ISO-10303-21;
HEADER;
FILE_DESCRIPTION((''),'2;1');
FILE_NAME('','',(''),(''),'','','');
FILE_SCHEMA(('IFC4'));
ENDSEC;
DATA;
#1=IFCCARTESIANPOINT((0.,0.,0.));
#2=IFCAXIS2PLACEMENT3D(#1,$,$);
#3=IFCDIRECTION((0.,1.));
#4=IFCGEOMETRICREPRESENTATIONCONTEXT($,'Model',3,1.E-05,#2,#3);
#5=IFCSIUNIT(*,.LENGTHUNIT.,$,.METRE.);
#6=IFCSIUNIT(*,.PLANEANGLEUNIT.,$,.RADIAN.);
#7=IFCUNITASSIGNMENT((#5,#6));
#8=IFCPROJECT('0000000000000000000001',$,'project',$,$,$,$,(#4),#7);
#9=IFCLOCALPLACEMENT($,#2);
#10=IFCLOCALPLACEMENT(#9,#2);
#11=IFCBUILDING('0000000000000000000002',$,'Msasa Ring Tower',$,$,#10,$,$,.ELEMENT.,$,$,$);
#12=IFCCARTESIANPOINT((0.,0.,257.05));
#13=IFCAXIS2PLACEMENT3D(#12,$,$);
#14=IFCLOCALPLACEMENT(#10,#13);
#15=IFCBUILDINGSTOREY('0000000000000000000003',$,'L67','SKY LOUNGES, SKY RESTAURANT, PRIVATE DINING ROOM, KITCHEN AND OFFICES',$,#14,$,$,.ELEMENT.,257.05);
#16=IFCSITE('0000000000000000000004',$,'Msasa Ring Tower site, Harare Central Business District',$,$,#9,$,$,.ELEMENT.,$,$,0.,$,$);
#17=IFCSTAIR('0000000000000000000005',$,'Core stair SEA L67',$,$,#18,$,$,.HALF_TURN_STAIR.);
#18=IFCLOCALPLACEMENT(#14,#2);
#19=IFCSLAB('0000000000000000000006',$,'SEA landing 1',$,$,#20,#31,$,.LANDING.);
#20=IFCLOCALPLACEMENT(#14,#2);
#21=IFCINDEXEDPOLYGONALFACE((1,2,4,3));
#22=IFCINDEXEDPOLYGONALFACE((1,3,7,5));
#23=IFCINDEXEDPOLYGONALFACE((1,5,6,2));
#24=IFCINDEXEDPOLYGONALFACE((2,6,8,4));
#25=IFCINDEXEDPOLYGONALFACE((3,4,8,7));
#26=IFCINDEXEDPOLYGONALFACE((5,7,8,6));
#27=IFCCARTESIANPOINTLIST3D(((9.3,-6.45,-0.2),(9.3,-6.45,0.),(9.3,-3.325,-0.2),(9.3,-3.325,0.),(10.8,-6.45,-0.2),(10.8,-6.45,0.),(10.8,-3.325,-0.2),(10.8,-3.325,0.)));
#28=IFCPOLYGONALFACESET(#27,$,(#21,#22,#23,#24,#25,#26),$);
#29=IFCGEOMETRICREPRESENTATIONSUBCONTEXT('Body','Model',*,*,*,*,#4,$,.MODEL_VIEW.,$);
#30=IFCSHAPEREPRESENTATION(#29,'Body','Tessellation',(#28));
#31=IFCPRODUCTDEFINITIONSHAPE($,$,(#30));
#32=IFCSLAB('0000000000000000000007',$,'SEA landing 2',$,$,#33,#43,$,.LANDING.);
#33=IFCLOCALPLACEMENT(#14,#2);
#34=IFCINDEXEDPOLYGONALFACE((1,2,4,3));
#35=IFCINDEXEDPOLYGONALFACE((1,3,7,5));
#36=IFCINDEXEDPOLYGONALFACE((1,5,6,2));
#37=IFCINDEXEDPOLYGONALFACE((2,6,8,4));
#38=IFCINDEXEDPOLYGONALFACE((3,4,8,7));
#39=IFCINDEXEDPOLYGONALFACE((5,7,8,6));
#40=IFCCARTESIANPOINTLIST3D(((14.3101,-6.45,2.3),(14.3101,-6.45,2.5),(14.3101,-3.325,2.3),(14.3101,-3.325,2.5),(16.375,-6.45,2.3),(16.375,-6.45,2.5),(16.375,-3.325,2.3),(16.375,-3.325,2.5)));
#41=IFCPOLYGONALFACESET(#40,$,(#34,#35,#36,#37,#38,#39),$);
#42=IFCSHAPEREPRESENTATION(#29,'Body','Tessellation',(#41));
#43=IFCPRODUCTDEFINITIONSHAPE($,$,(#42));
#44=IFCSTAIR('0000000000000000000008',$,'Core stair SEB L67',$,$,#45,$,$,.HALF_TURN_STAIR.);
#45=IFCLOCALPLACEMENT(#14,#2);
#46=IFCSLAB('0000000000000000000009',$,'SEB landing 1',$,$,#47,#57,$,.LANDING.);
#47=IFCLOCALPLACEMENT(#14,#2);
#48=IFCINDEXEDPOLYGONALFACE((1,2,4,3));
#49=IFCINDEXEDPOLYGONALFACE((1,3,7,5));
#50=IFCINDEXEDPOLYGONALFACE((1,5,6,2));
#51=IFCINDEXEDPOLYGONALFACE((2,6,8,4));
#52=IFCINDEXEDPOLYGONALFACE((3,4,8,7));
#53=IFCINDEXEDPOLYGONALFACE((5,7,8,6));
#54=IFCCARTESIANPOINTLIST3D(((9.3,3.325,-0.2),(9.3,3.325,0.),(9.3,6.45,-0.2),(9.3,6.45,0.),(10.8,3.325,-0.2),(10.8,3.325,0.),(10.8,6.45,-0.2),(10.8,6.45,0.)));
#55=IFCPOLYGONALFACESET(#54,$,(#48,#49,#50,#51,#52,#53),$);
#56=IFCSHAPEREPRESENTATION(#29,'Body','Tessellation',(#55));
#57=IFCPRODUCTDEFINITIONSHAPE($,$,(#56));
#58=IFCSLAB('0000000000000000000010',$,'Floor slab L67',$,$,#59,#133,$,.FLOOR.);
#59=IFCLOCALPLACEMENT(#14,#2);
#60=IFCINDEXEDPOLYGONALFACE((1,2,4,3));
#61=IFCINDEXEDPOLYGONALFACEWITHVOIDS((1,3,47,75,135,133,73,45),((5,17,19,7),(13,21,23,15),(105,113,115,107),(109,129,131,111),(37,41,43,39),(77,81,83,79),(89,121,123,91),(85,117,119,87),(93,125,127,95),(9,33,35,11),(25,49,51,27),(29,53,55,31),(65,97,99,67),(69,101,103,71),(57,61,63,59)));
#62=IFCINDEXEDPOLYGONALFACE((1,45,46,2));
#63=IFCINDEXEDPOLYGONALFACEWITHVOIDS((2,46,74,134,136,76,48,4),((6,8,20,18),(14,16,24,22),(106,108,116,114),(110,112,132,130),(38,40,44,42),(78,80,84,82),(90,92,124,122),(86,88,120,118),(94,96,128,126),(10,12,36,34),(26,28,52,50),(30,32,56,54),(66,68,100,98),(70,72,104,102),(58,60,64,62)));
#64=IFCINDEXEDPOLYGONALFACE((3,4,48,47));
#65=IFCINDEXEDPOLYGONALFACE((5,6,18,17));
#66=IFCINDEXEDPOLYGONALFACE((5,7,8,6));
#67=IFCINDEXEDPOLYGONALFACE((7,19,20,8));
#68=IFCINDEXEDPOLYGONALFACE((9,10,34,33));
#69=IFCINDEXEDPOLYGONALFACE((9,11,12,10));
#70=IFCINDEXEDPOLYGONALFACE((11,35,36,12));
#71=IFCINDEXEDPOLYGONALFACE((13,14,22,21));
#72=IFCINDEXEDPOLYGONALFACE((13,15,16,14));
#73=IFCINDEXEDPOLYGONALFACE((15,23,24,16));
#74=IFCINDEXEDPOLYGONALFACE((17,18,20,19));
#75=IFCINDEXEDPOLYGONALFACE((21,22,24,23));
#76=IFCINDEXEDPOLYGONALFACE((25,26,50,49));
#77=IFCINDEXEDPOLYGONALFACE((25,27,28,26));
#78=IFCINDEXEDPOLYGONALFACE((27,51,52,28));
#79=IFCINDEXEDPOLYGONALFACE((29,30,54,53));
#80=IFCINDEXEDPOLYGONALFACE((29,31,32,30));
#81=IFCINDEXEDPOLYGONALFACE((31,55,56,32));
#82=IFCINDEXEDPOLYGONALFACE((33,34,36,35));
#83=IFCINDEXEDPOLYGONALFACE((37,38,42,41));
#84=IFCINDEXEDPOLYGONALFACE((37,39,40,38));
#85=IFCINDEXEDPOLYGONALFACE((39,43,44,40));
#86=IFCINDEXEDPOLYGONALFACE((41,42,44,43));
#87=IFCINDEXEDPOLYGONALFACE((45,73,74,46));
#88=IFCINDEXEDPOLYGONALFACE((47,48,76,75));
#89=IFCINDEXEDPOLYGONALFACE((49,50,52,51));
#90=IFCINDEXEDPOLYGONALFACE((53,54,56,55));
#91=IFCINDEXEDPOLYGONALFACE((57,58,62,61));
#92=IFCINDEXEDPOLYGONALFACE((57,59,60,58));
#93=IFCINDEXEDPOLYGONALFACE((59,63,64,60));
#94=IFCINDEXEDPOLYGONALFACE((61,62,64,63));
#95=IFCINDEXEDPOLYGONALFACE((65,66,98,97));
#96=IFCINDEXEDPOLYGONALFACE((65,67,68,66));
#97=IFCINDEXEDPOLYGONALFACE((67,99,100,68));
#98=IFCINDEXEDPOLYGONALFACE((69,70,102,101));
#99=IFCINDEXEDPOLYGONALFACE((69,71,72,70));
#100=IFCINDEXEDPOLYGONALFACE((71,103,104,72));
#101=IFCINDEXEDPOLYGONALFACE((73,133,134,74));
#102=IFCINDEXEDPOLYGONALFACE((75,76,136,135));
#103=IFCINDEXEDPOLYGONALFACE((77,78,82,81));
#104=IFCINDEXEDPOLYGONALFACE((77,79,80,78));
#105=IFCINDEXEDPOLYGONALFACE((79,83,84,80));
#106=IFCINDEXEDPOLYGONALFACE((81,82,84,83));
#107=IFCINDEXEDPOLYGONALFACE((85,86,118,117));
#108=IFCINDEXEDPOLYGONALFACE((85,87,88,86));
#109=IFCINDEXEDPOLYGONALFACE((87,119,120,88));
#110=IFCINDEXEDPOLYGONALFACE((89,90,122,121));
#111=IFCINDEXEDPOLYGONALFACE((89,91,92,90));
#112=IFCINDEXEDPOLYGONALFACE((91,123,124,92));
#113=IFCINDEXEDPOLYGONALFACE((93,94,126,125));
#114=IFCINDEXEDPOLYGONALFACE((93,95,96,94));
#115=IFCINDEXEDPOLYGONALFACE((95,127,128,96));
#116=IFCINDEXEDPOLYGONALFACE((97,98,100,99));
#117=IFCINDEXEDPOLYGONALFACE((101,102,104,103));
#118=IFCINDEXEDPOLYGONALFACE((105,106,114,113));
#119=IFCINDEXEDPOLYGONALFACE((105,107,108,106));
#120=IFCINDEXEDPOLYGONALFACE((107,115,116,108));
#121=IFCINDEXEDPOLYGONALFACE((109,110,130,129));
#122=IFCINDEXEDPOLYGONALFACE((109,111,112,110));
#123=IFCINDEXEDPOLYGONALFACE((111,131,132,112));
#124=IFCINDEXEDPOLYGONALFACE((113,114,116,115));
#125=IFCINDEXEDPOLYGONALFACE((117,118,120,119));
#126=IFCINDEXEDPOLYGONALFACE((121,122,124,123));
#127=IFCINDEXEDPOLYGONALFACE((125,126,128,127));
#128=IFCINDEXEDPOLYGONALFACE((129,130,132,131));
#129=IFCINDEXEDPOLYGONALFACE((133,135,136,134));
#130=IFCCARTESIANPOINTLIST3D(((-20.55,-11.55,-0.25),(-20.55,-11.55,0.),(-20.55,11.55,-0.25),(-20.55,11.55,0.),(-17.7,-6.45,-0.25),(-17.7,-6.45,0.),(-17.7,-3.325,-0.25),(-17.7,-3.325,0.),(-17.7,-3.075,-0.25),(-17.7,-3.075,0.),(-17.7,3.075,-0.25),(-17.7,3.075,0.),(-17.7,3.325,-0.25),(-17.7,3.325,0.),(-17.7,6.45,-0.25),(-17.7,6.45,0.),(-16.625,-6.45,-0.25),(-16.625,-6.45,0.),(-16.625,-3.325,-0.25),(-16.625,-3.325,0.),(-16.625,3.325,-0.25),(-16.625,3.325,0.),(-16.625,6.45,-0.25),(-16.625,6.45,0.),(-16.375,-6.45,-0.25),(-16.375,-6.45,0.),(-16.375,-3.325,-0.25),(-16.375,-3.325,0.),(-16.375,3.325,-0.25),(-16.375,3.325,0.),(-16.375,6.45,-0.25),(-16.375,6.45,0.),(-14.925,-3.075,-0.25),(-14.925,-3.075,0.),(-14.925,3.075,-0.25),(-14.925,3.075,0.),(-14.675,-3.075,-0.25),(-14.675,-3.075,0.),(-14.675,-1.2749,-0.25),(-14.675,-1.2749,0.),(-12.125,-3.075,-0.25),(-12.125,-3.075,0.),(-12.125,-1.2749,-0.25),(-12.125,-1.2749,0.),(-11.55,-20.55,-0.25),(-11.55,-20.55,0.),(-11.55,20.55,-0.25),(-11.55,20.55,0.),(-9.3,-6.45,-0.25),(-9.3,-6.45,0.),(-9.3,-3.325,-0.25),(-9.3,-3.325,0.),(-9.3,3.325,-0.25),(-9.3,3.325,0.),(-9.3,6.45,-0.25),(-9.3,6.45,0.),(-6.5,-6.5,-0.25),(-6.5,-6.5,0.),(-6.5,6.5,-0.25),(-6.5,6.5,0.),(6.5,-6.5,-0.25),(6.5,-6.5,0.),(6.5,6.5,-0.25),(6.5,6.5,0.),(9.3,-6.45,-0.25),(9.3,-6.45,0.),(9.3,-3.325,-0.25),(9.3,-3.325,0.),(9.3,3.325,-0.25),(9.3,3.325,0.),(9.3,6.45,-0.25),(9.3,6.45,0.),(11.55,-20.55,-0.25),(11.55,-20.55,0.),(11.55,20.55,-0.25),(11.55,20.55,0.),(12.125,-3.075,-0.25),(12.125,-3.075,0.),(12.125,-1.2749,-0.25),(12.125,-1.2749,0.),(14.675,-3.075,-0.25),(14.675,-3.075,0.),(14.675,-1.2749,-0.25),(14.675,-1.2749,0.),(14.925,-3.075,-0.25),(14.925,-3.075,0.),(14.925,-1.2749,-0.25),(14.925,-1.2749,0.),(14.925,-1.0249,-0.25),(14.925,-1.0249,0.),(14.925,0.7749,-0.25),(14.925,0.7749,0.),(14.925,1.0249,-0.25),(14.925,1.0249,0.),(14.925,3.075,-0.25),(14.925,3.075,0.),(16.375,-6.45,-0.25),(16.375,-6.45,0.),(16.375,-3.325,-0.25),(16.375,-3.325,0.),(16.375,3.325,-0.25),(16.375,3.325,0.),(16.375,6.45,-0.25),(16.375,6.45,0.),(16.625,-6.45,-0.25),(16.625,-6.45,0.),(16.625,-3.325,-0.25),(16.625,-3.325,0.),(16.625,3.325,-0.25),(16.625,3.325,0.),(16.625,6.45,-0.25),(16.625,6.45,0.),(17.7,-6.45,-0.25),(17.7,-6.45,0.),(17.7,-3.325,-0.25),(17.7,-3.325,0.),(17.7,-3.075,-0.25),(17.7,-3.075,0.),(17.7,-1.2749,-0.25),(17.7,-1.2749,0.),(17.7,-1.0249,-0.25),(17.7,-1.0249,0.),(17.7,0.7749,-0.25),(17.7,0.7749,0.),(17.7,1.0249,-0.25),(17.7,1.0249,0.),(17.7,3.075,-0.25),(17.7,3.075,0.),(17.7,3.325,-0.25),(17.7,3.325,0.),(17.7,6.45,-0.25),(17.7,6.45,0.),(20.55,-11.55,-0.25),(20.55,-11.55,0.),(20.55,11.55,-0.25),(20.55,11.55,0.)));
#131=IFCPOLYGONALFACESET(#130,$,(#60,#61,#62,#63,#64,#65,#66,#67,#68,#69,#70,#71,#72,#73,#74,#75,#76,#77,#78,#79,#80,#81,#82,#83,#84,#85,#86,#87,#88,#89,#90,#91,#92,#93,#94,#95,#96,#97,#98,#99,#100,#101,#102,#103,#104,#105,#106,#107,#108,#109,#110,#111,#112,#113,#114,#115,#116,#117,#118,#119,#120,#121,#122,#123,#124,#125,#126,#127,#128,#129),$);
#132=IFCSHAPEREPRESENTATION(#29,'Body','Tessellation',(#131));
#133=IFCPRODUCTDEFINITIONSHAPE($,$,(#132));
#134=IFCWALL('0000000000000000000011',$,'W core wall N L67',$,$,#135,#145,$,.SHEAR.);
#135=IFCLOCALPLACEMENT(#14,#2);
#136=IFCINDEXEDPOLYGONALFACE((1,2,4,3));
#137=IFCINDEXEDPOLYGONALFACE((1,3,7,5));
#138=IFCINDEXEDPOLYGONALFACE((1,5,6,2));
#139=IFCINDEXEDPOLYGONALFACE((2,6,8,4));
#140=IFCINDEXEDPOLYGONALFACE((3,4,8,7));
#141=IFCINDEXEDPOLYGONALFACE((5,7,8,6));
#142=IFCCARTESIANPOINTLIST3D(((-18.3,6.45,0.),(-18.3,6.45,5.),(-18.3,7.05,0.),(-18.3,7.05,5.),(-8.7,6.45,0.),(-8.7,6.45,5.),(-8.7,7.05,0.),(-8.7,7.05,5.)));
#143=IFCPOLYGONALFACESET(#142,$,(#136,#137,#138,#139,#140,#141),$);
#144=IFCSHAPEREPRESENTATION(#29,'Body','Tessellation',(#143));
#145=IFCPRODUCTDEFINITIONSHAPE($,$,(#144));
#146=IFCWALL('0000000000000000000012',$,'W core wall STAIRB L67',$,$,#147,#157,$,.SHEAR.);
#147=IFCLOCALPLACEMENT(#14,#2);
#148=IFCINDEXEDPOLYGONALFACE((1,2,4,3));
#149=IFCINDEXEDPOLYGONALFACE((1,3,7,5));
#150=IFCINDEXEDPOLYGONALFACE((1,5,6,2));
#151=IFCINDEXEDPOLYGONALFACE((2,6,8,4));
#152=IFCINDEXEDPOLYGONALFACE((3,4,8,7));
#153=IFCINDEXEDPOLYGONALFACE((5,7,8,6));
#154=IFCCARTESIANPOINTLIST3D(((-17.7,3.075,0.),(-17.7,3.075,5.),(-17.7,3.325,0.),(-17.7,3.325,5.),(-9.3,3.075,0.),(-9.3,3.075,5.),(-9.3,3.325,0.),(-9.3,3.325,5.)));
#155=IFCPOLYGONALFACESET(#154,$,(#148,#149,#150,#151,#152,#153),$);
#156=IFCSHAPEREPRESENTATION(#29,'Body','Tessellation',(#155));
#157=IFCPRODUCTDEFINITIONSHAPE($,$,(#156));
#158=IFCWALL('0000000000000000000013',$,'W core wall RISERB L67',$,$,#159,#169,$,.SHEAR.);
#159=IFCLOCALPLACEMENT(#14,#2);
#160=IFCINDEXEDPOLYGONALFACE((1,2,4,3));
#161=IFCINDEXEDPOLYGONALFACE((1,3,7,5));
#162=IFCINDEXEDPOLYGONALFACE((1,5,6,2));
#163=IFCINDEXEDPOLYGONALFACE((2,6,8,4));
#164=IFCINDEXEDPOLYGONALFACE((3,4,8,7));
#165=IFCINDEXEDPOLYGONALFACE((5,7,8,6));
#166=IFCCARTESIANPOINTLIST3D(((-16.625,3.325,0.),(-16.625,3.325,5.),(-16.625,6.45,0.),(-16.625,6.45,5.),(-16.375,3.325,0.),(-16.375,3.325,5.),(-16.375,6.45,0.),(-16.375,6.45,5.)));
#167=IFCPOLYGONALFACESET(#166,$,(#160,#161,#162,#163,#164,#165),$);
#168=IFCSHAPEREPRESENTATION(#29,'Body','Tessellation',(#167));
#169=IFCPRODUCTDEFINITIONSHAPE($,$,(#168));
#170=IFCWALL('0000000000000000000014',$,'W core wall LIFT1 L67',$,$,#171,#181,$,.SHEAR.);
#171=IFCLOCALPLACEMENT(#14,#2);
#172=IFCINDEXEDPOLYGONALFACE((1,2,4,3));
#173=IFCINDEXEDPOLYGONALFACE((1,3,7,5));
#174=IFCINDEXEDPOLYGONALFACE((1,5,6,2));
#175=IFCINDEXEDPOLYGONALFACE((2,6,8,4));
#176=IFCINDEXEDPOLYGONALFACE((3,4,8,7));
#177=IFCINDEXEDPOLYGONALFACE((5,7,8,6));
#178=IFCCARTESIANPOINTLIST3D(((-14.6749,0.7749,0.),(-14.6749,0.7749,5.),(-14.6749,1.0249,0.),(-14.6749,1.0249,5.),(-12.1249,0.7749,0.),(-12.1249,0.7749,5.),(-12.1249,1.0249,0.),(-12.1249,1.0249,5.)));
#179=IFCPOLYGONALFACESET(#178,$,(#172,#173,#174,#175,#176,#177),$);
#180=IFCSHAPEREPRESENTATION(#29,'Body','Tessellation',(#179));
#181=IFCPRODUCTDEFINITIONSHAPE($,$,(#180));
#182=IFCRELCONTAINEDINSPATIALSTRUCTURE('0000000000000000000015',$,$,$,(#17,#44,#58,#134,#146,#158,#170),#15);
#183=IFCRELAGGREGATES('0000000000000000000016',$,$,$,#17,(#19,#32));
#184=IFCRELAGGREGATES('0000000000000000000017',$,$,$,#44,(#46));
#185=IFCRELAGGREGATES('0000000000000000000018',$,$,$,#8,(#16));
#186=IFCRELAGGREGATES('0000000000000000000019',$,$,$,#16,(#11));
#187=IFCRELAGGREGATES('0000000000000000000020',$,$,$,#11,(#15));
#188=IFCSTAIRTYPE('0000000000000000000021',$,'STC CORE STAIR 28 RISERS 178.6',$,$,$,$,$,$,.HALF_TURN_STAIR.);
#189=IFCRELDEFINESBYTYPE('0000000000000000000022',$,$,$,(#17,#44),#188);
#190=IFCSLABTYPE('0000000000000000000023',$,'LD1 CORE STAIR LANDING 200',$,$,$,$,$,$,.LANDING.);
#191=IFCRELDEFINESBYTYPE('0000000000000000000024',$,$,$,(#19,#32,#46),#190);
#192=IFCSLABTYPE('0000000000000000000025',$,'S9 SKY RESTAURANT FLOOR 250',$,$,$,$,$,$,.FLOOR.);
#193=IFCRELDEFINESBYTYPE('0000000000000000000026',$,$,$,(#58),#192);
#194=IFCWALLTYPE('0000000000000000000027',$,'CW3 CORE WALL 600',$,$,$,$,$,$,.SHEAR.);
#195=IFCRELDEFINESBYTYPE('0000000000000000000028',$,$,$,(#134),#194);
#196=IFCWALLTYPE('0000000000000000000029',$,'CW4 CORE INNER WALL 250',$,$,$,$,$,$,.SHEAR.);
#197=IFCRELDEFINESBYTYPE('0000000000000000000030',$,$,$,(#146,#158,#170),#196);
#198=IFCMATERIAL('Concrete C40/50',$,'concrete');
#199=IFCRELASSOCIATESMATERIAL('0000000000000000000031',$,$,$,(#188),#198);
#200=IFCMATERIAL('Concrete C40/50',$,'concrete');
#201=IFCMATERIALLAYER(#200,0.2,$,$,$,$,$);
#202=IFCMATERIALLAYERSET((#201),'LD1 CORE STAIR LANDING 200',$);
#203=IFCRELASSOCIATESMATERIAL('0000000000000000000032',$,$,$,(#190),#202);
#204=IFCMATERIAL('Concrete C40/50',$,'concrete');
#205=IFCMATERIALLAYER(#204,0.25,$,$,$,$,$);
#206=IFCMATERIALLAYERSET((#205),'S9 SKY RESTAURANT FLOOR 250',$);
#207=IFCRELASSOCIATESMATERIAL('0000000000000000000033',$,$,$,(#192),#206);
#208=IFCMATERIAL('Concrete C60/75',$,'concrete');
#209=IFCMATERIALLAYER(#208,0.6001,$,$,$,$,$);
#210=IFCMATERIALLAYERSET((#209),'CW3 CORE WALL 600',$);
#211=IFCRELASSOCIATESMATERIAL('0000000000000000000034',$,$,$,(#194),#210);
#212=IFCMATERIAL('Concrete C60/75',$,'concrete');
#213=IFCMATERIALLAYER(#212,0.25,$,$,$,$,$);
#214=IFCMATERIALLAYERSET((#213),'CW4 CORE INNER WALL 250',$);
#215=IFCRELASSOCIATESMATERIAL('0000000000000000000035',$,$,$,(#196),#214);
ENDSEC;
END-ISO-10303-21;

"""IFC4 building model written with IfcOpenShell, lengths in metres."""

from ifc_helpers import new_model, si_unit, direction, frame, frame_2d, origin, place, context, subcontext, project, spatial, polyline, rectangle, outline, extrude, material, layer, layer_set, type_object, element, aggregate, save


model = new_model("IFC4")

# Units and contexts
model_context = context("Model", 3, precision=1e-05, world=origin(), true_north=direction((0.0, 1.0)))
body_context = subcontext(model_context, "Body", "Model", "MODEL_VIEW")
ifc_project = project(units=[si_unit("LENGTHUNIT", "METRE"), si_unit("PLANEANGLEUNIT", "RADIAN")], contexts=[model_context])

# Site, building, storey
site_placement = place(None, origin())
site = spatial("IfcSite", under=ifc_project, at=site_placement, Name="Msasa Ring Tower site, Harare Central Business District", CompositionType="ELEMENT", RefElevation=0.0)
building_placement = place(site_placement, origin())
building = spatial("IfcBuilding", under=site, at=building_placement, Name="Msasa Ring Tower", CompositionType="ELEMENT")
storey_placement = place(building_placement, frame((0.0, 0.0, 257.05)))
storey = spatial("IfcBuildingStorey", under=building, at=storey_placement, Name="L67", Description="SKY LOUNGES, SKY RESTAURANT, PRIVATE DINING ROOM, KITCHEN AND OFFICES", CompositionType="ELEMENT", Elevation=257.05)

# Stair, slabs
ifc_material_1 = material(Name="Concrete C40/50", Category="concrete")
stair_type = type_object("IfcStairType", Name="STC CORE STAIR 28 RISERS 178.6", PredefinedType="HALF_TURN_STAIR", material=ifc_material_1)
stair_1_placement = place(storey_placement, origin())
stair_1 = element("IfcStair", 1, at=stair_1_placement, inside=storey, type_object=stair_type, Name="Core stair SEA L67", PredefinedType="HALF_TURN_STAIR")
ifc_material_2 = material(Name="Concrete C40/50", Category="concrete")
ifc_layer_1 = layer(ifc_material_2, 0.2)
ifc_layer_set_1 = layer_set([ifc_layer_1], Name="LD1 CORE STAIR LANDING 200")
slab_type_1 = type_object("IfcSlabType", Name="LD1 CORE STAIR LANDING 200", PredefinedType="LANDING", material=ifc_layer_set_1)
slab_1_placement = place(storey_placement, frame((0.0, 0.0, -0.2)))
slab_1 = element("IfcSlab", 2, at=slab_1_placement, type_object=slab_type_1, Name="SEA landing 1", PredefinedType="LANDING", context=body_context, shape_type="SweptSolid", body=[
    extrude(outline(polyline([(9.3, -6.45), (10.8, -6.45), (10.8, -3.325), (9.3, -3.325), (9.3, -6.45)])), origin(), (0.0, 0.0, 1.0), 0.2),
])
slab_2_placement = place(storey_placement, frame((0.0, 0.0, 2.3)))
slab_2 = element("IfcSlab", 3, at=slab_2_placement, type_object=slab_type_1, Name="SEA landing 2", PredefinedType="LANDING", context=body_context, shape_type="SweptSolid", body=[
    extrude(outline(polyline([(14.3101, -6.45), (16.375, -6.45), (16.375, -3.325), (14.3101, -3.325), (14.3101, -6.45)])), origin(), (0.0, 0.0, 1.0), 0.2),
])
aggregate(stair_1, [slab_1, slab_2])

# Stair, slab
stair_2_placement = place(storey_placement, origin())
stair_2 = element("IfcStair", 4, at=stair_2_placement, inside=storey, type_object=stair_type, Name="Core stair SEB L67", PredefinedType="HALF_TURN_STAIR")
slab_3_placement = place(storey_placement, frame((0.0, 0.0, -0.2)))
slab_3 = element("IfcSlab", 5, at=slab_3_placement, type_object=slab_type_1, Name="SEB landing 1", PredefinedType="LANDING", context=body_context, shape_type="SweptSolid", body=[
    extrude(outline(polyline([(9.3, 3.325), (10.8, 3.325), (10.8, 6.45), (9.3, 6.45), (9.3, 3.325)])), origin(), (0.0, 0.0, 1.0), 0.2),
])
aggregate(stair_2, [slab_3])

# Slab
ifc_material_3 = material(Name="Concrete C40/50", Category="concrete")
ifc_layer_2 = layer(ifc_material_3, 0.25)
ifc_layer_set_2 = layer_set([ifc_layer_2], Name="S9 SKY RESTAURANT FLOOR 250")
slab_type_2 = type_object("IfcSlabType", Name="S9 SKY RESTAURANT FLOOR 250", PredefinedType="FLOOR", material=ifc_layer_set_2)
slab_4_placement = place(storey_placement, frame((0.0, 0.0, -0.25)))
element("IfcSlab", 6, at=slab_4_placement, inside=storey, type_object=slab_type_2, Name="Floor slab L67", PredefinedType="FLOOR", context=body_context, shape_type="SweptSolid", body=[
    extrude(outline(polyline([(-11.55, -20.55), (11.55, -20.55), (20.55, -11.55), (20.55, 11.55), (11.55, 20.55), (-11.55, 20.55), (-20.55, 11.55), (-20.55, -11.55), (-11.55, -20.55)]), holes=[polyline([(-6.5, -6.5), (6.5, -6.5), (6.5, 6.5), (-6.5, 6.5), (-6.5, -6.5)]), polyline([(9.3, -6.45), (16.375, -6.45), (16.375, -3.325), (9.3, -3.325), (9.3, -6.45)]), polyline([(9.3, 3.325), (16.375, 3.325), (16.375, 6.45), (9.3, 6.45), (9.3, 3.325)]), polyline([(12.125, -3.075), (14.675, -3.075), (14.675, -1.2749), (12.125, -1.2749), (12.125, -3.075)]), polyline([(16.625, -6.45), (17.7, -6.45), (17.7, -3.325), (16.625, -3.325), (16.625, -6.45)]), polyline([(16.625, 3.325), (17.7, 3.325), (17.7, 6.45), (16.625, 6.45), (16.625, 3.325)]), polyline([(14.925, -3.075), (17.7, -3.075), (17.7, -1.2749), (14.925, -1.2749), (14.925, -3.075)]), polyline([(14.925, -1.0249), (17.7, -1.0249), (17.7, 0.7749), (14.925, 0.7749), (14.925, -1.0249)]), polyline([(14.925, 1.0249), (17.7, 1.0249), (17.7, 3.075), (14.925, 3.075), (14.925, 1.0249)]), polyline([(-16.375, -6.45), (-9.3, -6.45), (-9.3, -3.325), (-16.375, -3.325), (-16.375, -6.45)]), polyline([(-16.375, 3.325), (-9.3, 3.325), (-9.3, 6.45), (-16.375, 6.45), (-16.375, 3.325)]), polyline([(-14.675, -3.075), (-12.125, -3.075), (-12.125, -1.2749), (-14.675, -1.2749), (-14.675, -3.075)]), polyline([(-17.7, -6.45), (-16.625, -6.45), (-16.625, -3.325), (-17.7, -3.325), (-17.7, -6.45)]), polyline([(-17.7, 3.325), (-16.625, 3.325), (-16.625, 6.45), (-17.7, 6.45), (-17.7, 3.325)]), polyline([(-17.7, -3.075), (-14.925, -3.075), (-14.925, 3.075), (-17.7, 3.075), (-17.7, -3.075)])]), origin(), (0.0, 0.0, 1.0), 0.25),
])

# Walls
ifc_material_4 = material(Name="Concrete C60/75", Category="concrete")
ifc_layer_3 = layer(ifc_material_4, 0.6001)
ifc_layer_set_3 = layer_set([ifc_layer_3], Name="CW3 CORE WALL 600")
wall_type_1 = type_object("IfcWallType", Name="CW3 CORE WALL 600", PredefinedType="SHEAR", material=ifc_layer_set_3)
wall_1_placement = place(storey_placement, frame((-8.7, 6.75, 0.0), z_axis=(0.0, 0.0, 1.0), x_axis=(-1.0, 0.0, 0.0)))
element("IfcWall", 7, at=wall_1_placement, inside=storey, type_object=wall_type_1, Name="W core wall N L67", PredefinedType="SHEAR", context=body_context, shape_type="SweptSolid", body=[
    extrude(rectangle(XDim=9.6001, YDim=0.6001, at=frame_2d((4.8, 0.0))), origin(), (0.0, 0.0, 1.0), 5.0),
])
ifc_material_5 = material(Name="Concrete C60/75", Category="concrete")
ifc_layer_4 = layer(ifc_material_5, 0.25)
ifc_layer_set_4 = layer_set([ifc_layer_4], Name="CW4 CORE INNER WALL 250")
wall_type_2 = type_object("IfcWallType", Name="CW4 CORE INNER WALL 250", PredefinedType="SHEAR", material=ifc_layer_set_4)
wall_2_placement = place(storey_placement, frame((-9.3, 3.2, 0.0), z_axis=(0.0, 0.0, 1.0), x_axis=(-1.0, 0.0, 0.0)))
element("IfcWall", 8, at=wall_2_placement, inside=storey, type_object=wall_type_2, Name="W core wall STAIRB L67", PredefinedType="SHEAR", context=body_context, shape_type="SweptSolid", body=[
    extrude(rectangle(XDim=8.3999, YDim=0.25, at=frame_2d((4.2, 0.0))), origin(), (0.0, 0.0, 1.0), 5.0),
])
wall_3_placement = place(storey_placement, frame((-16.5, 3.325, 0.0), z_axis=(0.0, 0.0, 1.0), x_axis=(0.0, 1.0, 0.0)))
element("IfcWall", 9, at=wall_3_placement, inside=storey, type_object=wall_type_2, Name="W core wall RISERB L67", PredefinedType="SHEAR", context=body_context, shape_type="SweptSolid", body=[
    extrude(rectangle(XDim=3.125, YDim=0.25, at=frame_2d((1.5625, 0.0))), origin(), (0.0, 0.0, 1.0), 5.0),
])
wall_4_placement = place(storey_placement, frame((-12.125, 0.8999, 0.0), z_axis=(0.0, 0.0, 1.0), x_axis=(-1.0, 0.0, 0.0)))
element("IfcWall", 10, at=wall_4_placement, inside=storey, type_object=wall_type_2, Name="W core wall LIFT1 L67", PredefinedType="SHEAR", context=body_context, shape_type="SweptSolid", body=[
    extrude(rectangle(XDim=2.55, YDim=0.25, at=frame_2d((1.2749, 0.0))), origin(), (0.0, 0.0, 1.0), 5.0),
])

save(model, "model.ifc")
